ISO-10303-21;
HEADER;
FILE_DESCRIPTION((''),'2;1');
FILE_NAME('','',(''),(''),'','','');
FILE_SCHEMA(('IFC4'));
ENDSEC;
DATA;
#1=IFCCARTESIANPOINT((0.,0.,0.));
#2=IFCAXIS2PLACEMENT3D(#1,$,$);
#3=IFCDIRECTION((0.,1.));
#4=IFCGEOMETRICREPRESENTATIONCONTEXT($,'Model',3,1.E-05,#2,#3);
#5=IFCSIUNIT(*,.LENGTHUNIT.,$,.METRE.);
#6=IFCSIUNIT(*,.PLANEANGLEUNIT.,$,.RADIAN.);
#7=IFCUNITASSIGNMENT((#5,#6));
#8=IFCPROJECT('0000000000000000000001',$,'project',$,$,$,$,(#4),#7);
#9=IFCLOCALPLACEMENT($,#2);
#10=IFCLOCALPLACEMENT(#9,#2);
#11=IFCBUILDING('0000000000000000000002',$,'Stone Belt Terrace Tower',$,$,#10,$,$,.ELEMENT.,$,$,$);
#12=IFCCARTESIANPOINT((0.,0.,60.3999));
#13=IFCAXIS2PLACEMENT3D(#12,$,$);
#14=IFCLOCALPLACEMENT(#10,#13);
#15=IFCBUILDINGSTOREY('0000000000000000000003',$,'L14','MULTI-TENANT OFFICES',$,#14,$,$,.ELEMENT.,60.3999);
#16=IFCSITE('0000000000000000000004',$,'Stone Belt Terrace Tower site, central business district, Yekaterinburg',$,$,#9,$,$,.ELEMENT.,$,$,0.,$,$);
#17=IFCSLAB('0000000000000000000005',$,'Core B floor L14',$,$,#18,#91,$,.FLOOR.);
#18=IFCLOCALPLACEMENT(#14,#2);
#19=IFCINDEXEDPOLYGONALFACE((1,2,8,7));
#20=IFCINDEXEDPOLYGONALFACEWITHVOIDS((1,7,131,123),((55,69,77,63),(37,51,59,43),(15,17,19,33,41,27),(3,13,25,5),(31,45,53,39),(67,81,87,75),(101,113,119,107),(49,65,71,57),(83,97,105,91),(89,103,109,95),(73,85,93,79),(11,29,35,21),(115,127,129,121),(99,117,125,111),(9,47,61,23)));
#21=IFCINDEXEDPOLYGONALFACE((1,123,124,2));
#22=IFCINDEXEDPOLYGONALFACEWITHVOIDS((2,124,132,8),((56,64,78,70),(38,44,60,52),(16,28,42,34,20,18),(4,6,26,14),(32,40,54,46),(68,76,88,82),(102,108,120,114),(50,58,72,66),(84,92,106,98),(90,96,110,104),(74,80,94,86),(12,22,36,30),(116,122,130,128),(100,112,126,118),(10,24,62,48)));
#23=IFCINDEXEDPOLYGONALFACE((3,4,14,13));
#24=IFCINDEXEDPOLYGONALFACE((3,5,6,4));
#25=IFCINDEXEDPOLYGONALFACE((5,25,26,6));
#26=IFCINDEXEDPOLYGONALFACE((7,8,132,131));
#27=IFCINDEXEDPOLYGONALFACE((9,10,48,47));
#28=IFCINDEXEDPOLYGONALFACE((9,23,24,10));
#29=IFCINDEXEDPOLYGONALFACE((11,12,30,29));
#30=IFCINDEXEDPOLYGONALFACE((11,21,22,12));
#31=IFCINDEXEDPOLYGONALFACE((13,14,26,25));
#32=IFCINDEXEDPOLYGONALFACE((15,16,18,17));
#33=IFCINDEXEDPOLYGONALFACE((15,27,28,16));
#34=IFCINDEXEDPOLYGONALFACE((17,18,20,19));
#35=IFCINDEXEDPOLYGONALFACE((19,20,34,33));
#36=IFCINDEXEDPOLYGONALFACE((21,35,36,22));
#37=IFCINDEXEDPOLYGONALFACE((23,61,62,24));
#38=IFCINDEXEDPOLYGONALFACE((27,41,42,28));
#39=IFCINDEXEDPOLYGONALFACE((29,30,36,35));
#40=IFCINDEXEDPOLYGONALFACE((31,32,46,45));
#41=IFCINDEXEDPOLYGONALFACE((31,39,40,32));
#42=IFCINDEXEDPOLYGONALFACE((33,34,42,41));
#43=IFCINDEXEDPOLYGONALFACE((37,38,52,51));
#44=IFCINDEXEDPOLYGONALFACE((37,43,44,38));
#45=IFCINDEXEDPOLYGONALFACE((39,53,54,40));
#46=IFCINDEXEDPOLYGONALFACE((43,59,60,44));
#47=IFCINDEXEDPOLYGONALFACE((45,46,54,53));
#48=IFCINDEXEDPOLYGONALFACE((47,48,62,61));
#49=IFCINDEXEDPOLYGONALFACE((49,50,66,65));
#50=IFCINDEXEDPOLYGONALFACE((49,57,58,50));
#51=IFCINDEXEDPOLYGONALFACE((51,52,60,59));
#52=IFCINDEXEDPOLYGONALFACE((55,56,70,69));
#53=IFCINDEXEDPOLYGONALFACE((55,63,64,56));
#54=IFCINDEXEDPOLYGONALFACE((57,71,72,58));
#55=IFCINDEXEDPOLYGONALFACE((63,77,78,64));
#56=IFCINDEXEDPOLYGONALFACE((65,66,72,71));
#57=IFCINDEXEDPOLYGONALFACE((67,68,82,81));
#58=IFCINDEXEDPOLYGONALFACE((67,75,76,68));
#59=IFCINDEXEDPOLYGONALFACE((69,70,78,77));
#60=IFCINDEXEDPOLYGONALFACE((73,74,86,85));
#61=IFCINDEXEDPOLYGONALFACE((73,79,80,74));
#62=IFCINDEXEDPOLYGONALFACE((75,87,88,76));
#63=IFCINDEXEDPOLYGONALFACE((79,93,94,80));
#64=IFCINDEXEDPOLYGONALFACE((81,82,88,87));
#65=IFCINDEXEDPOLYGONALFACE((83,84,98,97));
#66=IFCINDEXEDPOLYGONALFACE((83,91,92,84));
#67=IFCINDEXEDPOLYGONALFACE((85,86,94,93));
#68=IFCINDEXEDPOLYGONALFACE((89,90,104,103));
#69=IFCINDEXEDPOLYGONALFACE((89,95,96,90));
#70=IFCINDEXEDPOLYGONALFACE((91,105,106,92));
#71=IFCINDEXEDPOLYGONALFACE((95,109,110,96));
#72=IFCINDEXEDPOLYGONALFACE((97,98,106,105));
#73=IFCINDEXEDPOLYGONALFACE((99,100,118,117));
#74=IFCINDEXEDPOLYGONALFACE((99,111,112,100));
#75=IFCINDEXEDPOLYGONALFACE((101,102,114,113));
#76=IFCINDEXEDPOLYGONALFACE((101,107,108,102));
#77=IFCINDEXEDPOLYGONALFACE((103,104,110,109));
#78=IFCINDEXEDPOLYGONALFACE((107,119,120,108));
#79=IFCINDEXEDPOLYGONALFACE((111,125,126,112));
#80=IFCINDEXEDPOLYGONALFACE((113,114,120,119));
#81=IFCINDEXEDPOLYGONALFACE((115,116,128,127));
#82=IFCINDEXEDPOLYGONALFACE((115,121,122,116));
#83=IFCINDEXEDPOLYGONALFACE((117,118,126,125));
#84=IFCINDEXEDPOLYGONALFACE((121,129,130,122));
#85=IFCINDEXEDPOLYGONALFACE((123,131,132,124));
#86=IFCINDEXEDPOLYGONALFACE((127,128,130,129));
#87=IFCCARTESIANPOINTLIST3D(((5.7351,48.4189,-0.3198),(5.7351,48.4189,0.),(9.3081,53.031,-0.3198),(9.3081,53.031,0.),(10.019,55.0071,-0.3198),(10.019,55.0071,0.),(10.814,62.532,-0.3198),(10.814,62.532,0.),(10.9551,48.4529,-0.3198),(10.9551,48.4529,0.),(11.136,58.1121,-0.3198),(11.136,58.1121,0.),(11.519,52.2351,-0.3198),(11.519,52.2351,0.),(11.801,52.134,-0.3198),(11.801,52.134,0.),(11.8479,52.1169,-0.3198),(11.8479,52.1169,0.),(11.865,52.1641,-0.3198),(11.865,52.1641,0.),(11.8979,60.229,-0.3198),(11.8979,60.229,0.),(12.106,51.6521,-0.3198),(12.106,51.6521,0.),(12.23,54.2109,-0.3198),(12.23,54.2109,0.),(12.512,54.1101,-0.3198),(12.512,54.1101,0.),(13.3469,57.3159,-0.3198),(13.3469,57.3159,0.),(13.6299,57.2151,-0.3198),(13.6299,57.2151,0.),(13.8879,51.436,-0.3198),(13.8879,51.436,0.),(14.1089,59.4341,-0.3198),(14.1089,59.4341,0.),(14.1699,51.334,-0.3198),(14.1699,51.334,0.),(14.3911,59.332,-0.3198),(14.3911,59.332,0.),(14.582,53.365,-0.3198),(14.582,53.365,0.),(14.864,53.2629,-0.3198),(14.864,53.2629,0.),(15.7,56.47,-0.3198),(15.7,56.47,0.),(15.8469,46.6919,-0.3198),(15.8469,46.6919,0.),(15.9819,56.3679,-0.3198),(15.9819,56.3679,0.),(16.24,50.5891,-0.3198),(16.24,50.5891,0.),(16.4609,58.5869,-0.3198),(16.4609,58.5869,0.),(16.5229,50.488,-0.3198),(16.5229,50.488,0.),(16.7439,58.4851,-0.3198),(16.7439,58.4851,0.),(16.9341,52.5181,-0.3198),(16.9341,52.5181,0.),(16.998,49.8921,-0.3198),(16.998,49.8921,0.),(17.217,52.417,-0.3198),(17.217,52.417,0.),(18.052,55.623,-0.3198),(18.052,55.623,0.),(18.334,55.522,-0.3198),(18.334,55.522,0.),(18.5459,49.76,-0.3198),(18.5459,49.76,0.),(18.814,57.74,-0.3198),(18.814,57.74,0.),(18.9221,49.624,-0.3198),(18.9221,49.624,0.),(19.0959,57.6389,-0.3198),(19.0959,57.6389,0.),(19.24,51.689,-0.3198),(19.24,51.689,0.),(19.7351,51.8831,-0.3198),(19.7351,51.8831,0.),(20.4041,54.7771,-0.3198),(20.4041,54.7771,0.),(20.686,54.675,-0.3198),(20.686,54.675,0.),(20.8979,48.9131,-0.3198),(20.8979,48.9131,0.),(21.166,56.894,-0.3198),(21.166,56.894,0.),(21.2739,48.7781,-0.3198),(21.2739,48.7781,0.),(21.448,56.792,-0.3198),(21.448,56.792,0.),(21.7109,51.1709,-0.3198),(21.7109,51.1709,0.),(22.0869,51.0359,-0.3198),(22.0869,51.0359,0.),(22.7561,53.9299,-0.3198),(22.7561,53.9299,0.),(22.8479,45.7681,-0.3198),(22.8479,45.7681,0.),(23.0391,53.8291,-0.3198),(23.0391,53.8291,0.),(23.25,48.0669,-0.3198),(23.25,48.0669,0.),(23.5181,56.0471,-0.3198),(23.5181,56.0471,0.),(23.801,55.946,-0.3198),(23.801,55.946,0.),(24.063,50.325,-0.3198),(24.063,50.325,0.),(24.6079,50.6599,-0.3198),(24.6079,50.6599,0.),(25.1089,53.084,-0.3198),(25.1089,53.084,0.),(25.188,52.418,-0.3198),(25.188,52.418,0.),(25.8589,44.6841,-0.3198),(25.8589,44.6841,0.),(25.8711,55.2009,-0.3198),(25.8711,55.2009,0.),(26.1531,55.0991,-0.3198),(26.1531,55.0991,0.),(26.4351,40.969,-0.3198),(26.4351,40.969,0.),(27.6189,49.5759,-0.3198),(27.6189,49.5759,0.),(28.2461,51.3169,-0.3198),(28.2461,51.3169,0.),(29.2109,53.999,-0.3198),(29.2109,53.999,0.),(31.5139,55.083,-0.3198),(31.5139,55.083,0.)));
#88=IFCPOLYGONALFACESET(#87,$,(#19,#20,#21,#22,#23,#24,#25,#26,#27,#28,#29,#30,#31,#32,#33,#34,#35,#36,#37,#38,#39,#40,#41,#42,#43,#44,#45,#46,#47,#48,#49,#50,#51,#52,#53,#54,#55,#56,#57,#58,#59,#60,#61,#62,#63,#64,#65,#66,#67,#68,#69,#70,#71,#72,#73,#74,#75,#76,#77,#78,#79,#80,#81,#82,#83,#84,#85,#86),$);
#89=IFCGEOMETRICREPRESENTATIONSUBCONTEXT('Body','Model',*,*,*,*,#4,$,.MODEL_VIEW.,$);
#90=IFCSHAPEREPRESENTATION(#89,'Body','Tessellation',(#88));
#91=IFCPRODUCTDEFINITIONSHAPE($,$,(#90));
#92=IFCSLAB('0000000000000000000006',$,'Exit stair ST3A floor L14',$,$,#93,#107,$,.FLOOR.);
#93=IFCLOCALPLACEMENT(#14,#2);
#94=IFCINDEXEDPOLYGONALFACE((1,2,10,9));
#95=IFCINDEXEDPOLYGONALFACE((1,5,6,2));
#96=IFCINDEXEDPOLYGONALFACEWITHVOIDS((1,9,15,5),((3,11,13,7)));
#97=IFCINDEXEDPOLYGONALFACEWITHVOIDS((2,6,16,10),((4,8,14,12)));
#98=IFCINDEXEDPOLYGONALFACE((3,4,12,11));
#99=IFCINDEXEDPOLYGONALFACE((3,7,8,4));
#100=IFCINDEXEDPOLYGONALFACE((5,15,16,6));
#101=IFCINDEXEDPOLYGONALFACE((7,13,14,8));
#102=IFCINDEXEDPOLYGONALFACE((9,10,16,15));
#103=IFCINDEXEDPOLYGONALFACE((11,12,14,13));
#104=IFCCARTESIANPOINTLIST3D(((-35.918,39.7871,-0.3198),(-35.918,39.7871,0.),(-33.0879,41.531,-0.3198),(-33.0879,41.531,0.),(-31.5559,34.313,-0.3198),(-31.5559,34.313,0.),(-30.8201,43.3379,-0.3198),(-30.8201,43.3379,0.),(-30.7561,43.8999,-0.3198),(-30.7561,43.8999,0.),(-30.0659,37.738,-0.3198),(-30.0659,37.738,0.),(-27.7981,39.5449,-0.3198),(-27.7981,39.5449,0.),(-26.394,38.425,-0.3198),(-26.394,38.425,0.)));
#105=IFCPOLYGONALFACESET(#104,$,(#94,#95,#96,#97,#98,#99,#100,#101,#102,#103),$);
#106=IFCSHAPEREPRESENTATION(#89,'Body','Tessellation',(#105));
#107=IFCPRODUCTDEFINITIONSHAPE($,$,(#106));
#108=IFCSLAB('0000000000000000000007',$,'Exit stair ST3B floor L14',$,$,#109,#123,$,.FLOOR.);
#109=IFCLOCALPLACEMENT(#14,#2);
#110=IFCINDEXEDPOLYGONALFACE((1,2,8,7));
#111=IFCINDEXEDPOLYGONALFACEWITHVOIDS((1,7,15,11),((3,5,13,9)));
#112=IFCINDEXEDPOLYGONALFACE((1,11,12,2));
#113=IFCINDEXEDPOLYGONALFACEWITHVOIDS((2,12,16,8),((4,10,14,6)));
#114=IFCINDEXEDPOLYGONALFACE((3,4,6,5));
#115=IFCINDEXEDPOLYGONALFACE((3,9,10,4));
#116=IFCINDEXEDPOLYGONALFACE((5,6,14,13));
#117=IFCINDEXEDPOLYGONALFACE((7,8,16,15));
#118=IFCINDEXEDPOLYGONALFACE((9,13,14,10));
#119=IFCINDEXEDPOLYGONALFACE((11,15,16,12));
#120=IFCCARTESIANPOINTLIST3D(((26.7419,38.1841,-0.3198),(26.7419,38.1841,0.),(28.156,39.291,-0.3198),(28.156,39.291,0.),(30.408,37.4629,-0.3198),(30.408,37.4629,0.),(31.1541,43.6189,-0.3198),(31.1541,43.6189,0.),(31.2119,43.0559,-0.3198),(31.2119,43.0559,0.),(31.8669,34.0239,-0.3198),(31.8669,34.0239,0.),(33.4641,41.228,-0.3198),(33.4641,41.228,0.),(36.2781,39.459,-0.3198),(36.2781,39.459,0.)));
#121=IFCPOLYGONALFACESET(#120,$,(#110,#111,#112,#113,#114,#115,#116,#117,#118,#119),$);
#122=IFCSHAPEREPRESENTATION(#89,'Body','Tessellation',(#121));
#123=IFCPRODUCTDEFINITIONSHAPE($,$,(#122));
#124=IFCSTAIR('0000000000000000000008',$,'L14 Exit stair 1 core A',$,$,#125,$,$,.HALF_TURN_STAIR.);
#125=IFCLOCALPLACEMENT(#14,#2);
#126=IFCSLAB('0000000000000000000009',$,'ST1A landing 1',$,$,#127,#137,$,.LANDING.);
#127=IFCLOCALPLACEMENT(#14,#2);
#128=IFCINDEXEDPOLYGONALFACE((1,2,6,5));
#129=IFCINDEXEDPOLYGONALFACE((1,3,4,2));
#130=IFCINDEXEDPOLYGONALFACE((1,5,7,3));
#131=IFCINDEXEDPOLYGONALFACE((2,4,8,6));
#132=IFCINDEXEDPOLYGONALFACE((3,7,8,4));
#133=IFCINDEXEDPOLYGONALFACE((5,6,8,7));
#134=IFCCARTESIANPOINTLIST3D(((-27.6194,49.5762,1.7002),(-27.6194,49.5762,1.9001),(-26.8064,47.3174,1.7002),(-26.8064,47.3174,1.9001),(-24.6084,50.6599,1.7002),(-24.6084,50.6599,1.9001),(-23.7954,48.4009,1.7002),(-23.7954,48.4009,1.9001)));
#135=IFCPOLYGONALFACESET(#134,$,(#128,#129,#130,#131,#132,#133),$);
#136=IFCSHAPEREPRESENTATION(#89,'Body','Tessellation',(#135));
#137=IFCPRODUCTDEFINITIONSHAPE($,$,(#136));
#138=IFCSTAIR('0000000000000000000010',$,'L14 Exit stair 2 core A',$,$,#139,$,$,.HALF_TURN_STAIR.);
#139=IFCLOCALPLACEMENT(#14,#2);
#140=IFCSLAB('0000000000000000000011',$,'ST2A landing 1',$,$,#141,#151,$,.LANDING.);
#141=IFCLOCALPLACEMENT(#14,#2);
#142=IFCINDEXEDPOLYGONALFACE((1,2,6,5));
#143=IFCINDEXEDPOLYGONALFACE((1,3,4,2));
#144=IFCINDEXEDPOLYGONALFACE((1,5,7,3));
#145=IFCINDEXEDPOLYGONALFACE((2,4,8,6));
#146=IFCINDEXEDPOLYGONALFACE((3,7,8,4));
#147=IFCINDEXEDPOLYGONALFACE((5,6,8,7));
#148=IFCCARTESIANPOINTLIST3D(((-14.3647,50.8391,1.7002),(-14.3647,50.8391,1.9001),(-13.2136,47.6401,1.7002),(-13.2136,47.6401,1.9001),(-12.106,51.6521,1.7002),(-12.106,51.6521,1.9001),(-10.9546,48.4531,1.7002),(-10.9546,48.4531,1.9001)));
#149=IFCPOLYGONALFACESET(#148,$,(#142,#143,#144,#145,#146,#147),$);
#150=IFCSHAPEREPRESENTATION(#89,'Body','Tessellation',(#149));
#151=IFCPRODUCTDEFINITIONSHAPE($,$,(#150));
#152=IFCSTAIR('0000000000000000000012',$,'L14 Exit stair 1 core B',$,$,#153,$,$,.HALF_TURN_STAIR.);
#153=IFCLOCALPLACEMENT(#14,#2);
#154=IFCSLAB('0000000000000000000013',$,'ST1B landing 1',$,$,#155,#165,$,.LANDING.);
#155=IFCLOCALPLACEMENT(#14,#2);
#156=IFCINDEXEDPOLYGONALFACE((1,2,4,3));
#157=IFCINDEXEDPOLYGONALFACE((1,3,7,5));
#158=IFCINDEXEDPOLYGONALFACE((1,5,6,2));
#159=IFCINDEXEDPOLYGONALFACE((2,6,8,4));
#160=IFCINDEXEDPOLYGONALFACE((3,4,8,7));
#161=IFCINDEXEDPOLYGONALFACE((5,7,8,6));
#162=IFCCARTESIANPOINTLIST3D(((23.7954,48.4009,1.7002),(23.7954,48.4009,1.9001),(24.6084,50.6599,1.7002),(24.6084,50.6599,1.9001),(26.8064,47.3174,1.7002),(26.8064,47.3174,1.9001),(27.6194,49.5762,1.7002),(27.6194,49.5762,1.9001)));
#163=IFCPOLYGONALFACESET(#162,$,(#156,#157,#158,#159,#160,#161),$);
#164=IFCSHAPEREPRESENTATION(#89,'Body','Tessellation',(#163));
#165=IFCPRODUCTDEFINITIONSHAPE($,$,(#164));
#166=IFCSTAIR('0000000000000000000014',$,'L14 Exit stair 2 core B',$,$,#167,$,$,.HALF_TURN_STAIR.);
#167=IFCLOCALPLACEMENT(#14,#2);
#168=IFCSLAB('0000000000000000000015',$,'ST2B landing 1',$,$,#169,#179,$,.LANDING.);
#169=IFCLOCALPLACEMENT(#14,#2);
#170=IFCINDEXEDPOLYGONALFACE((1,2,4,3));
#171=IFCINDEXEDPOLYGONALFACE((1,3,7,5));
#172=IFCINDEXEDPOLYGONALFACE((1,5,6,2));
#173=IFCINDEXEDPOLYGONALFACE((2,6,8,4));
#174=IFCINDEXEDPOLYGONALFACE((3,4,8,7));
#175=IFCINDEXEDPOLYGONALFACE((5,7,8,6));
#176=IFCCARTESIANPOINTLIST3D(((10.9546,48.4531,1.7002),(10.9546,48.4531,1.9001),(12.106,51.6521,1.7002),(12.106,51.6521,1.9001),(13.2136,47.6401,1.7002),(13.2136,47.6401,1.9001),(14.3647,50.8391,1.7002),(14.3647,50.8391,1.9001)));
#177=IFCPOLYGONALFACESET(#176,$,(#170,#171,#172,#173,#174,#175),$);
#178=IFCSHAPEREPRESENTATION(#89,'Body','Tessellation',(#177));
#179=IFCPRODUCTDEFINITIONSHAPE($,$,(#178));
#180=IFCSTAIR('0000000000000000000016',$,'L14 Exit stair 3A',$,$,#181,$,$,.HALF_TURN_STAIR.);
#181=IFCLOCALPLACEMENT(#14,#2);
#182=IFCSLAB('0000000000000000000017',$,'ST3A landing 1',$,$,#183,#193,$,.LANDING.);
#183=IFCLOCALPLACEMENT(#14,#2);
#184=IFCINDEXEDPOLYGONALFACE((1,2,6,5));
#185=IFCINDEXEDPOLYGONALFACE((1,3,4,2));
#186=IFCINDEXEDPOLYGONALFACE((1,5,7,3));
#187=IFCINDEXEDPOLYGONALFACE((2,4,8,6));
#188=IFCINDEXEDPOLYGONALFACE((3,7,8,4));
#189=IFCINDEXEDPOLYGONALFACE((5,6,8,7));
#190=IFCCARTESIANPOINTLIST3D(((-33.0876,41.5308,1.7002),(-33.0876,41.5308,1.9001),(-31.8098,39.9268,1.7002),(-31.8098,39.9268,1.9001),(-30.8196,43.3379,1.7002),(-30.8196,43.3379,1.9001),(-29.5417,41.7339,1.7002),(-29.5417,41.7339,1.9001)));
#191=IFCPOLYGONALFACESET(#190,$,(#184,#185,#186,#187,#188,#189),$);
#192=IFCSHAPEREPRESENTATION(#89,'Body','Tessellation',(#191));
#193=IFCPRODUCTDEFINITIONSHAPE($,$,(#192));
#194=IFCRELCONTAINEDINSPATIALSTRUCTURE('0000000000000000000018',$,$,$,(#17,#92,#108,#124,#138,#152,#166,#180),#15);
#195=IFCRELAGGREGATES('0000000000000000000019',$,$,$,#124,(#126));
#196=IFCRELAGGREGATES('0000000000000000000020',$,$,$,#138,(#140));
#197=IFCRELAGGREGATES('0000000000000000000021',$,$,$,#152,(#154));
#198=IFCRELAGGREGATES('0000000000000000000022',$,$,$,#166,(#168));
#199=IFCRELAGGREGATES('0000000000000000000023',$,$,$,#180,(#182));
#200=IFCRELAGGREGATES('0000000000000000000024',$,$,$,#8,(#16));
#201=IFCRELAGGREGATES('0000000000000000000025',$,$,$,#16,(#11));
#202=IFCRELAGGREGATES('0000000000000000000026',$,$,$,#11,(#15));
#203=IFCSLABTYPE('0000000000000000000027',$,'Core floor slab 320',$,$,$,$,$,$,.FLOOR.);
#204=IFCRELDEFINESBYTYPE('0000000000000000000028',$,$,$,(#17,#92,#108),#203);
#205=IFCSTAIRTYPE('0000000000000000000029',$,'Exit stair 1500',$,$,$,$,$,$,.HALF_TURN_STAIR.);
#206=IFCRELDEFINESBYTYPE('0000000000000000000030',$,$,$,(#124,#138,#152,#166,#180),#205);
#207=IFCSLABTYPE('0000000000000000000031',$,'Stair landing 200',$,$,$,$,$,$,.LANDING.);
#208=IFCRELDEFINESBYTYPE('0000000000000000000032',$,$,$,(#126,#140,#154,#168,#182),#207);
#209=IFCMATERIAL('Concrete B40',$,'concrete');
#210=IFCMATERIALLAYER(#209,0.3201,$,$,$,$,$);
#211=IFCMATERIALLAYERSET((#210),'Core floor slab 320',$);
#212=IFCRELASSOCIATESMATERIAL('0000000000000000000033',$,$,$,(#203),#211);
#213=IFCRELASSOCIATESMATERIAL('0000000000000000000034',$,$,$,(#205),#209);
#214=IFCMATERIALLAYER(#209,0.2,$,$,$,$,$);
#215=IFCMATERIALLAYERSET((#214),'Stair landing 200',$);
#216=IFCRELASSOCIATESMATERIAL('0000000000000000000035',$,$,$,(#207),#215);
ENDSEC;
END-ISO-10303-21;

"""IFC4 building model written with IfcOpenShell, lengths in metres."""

from ifc_helpers import new_model, si_unit, direction, frame, origin, place, context, subcontext, project, spatial, polyline, outline, extrude, material, layer, layer_set, type_object, element, aggregate, save


model = new_model("IFC4")

# Units and contexts
model_context = context("Model", 3, precision=1e-05, world=origin(), true_north=direction((0.0, 1.0)))
body_context = subcontext(model_context, "Body", "Model", "MODEL_VIEW")
ifc_project = project(units=[si_unit("LENGTHUNIT", "METRE"), si_unit("PLANEANGLEUNIT", "RADIAN")], contexts=[model_context])

# Site, building, storey
site_placement = place(None, origin())
site = spatial("IfcSite", under=ifc_project, at=site_placement, Name="Stone Belt Terrace Tower site, central business district, Yekaterinburg", CompositionType="ELEMENT", RefElevation=0.0)
building_placement = place(site_placement, origin())
building = spatial("IfcBuilding", under=site, at=building_placement, Name="Stone Belt Terrace Tower", CompositionType="ELEMENT")
storey_placement = place(building_placement, frame((0.0, 0.0, 60.3999)))
storey = spatial("IfcBuildingStorey", under=building, at=storey_placement, Name="L14", Description="MULTI-TENANT OFFICES", CompositionType="ELEMENT", Elevation=60.3999)

# Slabs
ifc_material_1 = material(Name="Concrete B40", Category="concrete")
ifc_layer_1 = layer(ifc_material_1, 0.3201)
ifc_layer_set_1 = layer_set([ifc_layer_1], Name="Core floor slab 320")
slab_type_1 = type_object("IfcSlabType", Name="Core floor slab 320", PredefinedType="FLOOR", material=ifc_layer_set_1)
slab_1_placement = place(storey_placement, frame((0.0, 0.0, -0.3198)))
element("IfcSlab", 1, at=slab_1_placement, inside=storey, type_object=slab_type_1, Name="Core B floor L14", PredefinedType="FLOOR", context=body_context, shape_type="SweptSolid", body=[
    extrude(outline(polyline([(26.4351, 40.969), (31.5139, 55.083), (10.814, 62.532), (5.7351, 48.4189), (26.4351, 40.969)]), holes=[polyline([(12.106, 51.6521), (16.998, 49.8921), (15.8469, 46.6919), (10.9551, 48.4529), (12.106, 51.6521)]), polyline([(19.24, 51.689), (18.5459, 49.76), (16.5229, 50.488), (17.217, 52.417), (19.24, 51.689)]), polyline([(16.24, 50.5891), (14.1699, 51.334), (14.864, 53.2629), (16.9341, 52.5181), (16.24, 50.5891)]), polyline([(14.582, 53.365), (13.8879, 51.436), (11.865, 52.1641), (11.8479, 52.1169), (11.801, 52.134), (12.512, 54.1101), (14.582, 53.365)]), polyline([(9.3081, 53.031), (10.019, 55.0071), (12.23, 54.2109), (11.519, 52.2351), (9.3081, 53.031)]), polyline([(16.7439, 58.4851), (18.814, 57.74), (18.052, 55.623), (15.9819, 56.3679), (16.7439, 58.4851)]), polyline([(14.3911, 59.332), (16.4609, 58.5869), (15.7, 56.47), (13.6299, 57.2151), (14.3911, 59.332)]), polyline([(11.8979, 60.229), (14.1089, 59.4341), (13.3469, 57.3159), (11.136, 58.1121), (11.8979, 60.229)]), polyline([(25.8589, 44.6841), (22.8479, 45.7681), (24.6079, 50.6599), (27.6189, 49.5759), (25.8589, 44.6841)]), polyline([(21.2739, 48.7781), (22.0869, 51.0359), (24.063, 50.325), (23.25, 48.0669), (21.2739, 48.7781)]), polyline([(18.9221, 49.624), (19.7351, 51.8831), (21.7109, 51.1709), (20.8979, 48.9131), (18.9221, 49.624)]), polyline([(29.2109, 53.999), (28.2461, 51.3169), (25.188, 52.418), (26.1531, 55.0991), (29.2109, 53.999)]), polyline([(23.801, 55.946), (25.8711, 55.2009), (25.1089, 53.084), (23.0391, 53.8291), (23.801, 55.946)]), polyline([(21.448, 56.792), (23.5181, 56.0471), (22.7561, 53.9299), (20.686, 54.675), (21.448, 56.792)]), polyline([(19.0959, 57.6389), (21.166, 56.894), (20.4041, 54.7771), (18.334, 55.522), (19.0959, 57.6389)])]), origin(), (0.0, 0.0, 1.0), 0.3198),
])
slab_2_placement = place(storey_placement, frame((0.0, 0.0, -0.3198)))
element("IfcSlab", 2, at=slab_2_placement, inside=storey, type_object=slab_type_1, Name="Exit stair ST3A floor L14", PredefinedType="FLOOR", context=body_context, shape_type="SweptSolid", body=[
    extrude(outline(polyline([(-26.394, 38.425), (-30.7561, 43.8999), (-35.918, 39.7871), (-31.5559, 34.313), (-26.394, 38.425)]), holes=[polyline([(-27.7981, 39.5449), (-30.0659, 37.738), (-33.0879, 41.531), (-30.8201, 43.3379), (-27.7981, 39.5449)])]), origin(), (0.0, 0.0, 1.0), 0.3198),
])
slab_3_placement = place(storey_placement, frame((0.0, 0.0, -0.3198)))
element("IfcSlab", 3, at=slab_3_placement, inside=storey, type_object=slab_type_1, Name="Exit stair ST3B floor L14", PredefinedType="FLOOR", context=body_context, shape_type="SweptSolid", body=[
    extrude(outline(polyline([(26.7419, 38.1841), (31.8669, 34.0239), (36.2781, 39.459), (31.1541, 43.6189), (26.7419, 38.1841)]), holes=[polyline([(30.408, 37.4629), (28.156, 39.291), (31.2119, 43.0559), (33.4641, 41.228), (30.408, 37.4629)])]), origin(), (0.0, 0.0, 1.0), 0.3198),
])

# Stairs, slabs
stair_type = type_object("IfcStairType", Name="Exit stair 1500", PredefinedType="HALF_TURN_STAIR", material=ifc_material_1)
stair_1_placement = place(storey_placement, origin())
stair_1 = element("IfcStair", 4, at=stair_1_placement, inside=storey, type_object=stair_type, Name="L14 Exit stair 1 core A", PredefinedType="HALF_TURN_STAIR")
ifc_layer_2 = layer(ifc_material_1, 0.2)
ifc_layer_set_2 = layer_set([ifc_layer_2], Name="Stair landing 200")
slab_type_2 = type_object("IfcSlabType", Name="Stair landing 200", PredefinedType="LANDING", material=ifc_layer_set_2)
slab_4_placement = place(storey_placement, frame((0.0, 0.0, 1.7002)))
slab_4 = element("IfcSlab", 5, at=slab_4_placement, type_object=slab_type_2, Name="ST1A landing 1", PredefinedType="LANDING", context=body_context, shape_type="SweptSolid", body=[
    extrude(outline(polyline([(-23.7954, 48.4009), (-24.6084, 50.6599), (-27.6194, 49.5762), (-26.8064, 47.3174), (-23.7954, 48.4009)])), origin(), (0.0, 0.0, 1.0), 0.2),
])
aggregate(stair_1, [slab_4])
stair_2_placement = place(storey_placement, origin())
stair_2 = element("IfcStair", 6, at=stair_2_placement, inside=storey, type_object=stair_type, Name="L14 Exit stair 2 core A", PredefinedType="HALF_TURN_STAIR")
slab_5_placement = place(storey_placement, frame((0.0, 0.0, 1.7002)))
slab_5 = element("IfcSlab", 7, at=slab_5_placement, type_object=slab_type_2, Name="ST2A landing 1", PredefinedType="LANDING", context=body_context, shape_type="SweptSolid", body=[
    extrude(outline(polyline([(-13.2136, 47.6401), (-10.9546, 48.4531), (-12.106, 51.6521), (-14.3647, 50.8391), (-13.2136, 47.6401)])), origin(), (0.0, 0.0, 1.0), 0.2),
])
aggregate(stair_2, [slab_5])
stair_3_placement = place(storey_placement, origin())
stair_3 = element("IfcStair", 8, at=stair_3_placement, inside=storey, type_object=stair_type, Name="L14 Exit stair 1 core B", PredefinedType="HALF_TURN_STAIR")
slab_6_placement = place(storey_placement, frame((0.0, 0.0, 1.7002)))
slab_6 = element("IfcSlab", 9, at=slab_6_placement, type_object=slab_type_2, Name="ST1B landing 1", PredefinedType="LANDING", context=body_context, shape_type="SweptSolid", body=[
    extrude(outline(polyline([(26.8064, 47.3174), (27.6194, 49.5762), (24.6084, 50.6599), (23.7954, 48.4009), (26.8064, 47.3174)])), origin(), (0.0, 0.0, 1.0), 0.2),
])
aggregate(stair_3, [slab_6])
stair_4_placement = place(storey_placement, origin())
stair_4 = element("IfcStair", 10, at=stair_4_placement, inside=storey, type_object=stair_type, Name="L14 Exit stair 2 core B", PredefinedType="HALF_TURN_STAIR")
slab_7_placement = place(storey_placement, frame((0.0, 0.0, 1.7002)))
slab_7 = element("IfcSlab", 11, at=slab_7_placement, type_object=slab_type_2, Name="ST2B landing 1", PredefinedType="LANDING", context=body_context, shape_type="SweptSolid", body=[
    extrude(outline(polyline([(14.3647, 50.8391), (12.106, 51.6521), (10.9546, 48.4531), (13.2136, 47.6401), (14.3647, 50.8391)])), origin(), (0.0, 0.0, 1.0), 0.2),
])
aggregate(stair_4, [slab_7])
stair_5_placement = place(storey_placement, origin())
stair_5 = element("IfcStair", 12, at=stair_5_placement, inside=storey, type_object=stair_type, Name="L14 Exit stair 3A", PredefinedType="HALF_TURN_STAIR")
slab_8_placement = place(storey_placement, frame((0.0, 0.0, 1.7002)))
slab_8 = element("IfcSlab", 13, at=slab_8_placement, type_object=slab_type_2, Name="ST3A landing 1", PredefinedType="LANDING", context=body_context, shape_type="SweptSolid", body=[
    extrude(outline(polyline([(-29.5417, 41.7339), (-30.8196, 43.3379), (-33.0876, 41.5308), (-31.8098, 39.9268), (-29.5417, 41.7339)])), origin(), (0.0, 0.0, 1.0), 0.2),
])
aggregate(stair_5, [slab_8])

save(model, "model.ifc")
